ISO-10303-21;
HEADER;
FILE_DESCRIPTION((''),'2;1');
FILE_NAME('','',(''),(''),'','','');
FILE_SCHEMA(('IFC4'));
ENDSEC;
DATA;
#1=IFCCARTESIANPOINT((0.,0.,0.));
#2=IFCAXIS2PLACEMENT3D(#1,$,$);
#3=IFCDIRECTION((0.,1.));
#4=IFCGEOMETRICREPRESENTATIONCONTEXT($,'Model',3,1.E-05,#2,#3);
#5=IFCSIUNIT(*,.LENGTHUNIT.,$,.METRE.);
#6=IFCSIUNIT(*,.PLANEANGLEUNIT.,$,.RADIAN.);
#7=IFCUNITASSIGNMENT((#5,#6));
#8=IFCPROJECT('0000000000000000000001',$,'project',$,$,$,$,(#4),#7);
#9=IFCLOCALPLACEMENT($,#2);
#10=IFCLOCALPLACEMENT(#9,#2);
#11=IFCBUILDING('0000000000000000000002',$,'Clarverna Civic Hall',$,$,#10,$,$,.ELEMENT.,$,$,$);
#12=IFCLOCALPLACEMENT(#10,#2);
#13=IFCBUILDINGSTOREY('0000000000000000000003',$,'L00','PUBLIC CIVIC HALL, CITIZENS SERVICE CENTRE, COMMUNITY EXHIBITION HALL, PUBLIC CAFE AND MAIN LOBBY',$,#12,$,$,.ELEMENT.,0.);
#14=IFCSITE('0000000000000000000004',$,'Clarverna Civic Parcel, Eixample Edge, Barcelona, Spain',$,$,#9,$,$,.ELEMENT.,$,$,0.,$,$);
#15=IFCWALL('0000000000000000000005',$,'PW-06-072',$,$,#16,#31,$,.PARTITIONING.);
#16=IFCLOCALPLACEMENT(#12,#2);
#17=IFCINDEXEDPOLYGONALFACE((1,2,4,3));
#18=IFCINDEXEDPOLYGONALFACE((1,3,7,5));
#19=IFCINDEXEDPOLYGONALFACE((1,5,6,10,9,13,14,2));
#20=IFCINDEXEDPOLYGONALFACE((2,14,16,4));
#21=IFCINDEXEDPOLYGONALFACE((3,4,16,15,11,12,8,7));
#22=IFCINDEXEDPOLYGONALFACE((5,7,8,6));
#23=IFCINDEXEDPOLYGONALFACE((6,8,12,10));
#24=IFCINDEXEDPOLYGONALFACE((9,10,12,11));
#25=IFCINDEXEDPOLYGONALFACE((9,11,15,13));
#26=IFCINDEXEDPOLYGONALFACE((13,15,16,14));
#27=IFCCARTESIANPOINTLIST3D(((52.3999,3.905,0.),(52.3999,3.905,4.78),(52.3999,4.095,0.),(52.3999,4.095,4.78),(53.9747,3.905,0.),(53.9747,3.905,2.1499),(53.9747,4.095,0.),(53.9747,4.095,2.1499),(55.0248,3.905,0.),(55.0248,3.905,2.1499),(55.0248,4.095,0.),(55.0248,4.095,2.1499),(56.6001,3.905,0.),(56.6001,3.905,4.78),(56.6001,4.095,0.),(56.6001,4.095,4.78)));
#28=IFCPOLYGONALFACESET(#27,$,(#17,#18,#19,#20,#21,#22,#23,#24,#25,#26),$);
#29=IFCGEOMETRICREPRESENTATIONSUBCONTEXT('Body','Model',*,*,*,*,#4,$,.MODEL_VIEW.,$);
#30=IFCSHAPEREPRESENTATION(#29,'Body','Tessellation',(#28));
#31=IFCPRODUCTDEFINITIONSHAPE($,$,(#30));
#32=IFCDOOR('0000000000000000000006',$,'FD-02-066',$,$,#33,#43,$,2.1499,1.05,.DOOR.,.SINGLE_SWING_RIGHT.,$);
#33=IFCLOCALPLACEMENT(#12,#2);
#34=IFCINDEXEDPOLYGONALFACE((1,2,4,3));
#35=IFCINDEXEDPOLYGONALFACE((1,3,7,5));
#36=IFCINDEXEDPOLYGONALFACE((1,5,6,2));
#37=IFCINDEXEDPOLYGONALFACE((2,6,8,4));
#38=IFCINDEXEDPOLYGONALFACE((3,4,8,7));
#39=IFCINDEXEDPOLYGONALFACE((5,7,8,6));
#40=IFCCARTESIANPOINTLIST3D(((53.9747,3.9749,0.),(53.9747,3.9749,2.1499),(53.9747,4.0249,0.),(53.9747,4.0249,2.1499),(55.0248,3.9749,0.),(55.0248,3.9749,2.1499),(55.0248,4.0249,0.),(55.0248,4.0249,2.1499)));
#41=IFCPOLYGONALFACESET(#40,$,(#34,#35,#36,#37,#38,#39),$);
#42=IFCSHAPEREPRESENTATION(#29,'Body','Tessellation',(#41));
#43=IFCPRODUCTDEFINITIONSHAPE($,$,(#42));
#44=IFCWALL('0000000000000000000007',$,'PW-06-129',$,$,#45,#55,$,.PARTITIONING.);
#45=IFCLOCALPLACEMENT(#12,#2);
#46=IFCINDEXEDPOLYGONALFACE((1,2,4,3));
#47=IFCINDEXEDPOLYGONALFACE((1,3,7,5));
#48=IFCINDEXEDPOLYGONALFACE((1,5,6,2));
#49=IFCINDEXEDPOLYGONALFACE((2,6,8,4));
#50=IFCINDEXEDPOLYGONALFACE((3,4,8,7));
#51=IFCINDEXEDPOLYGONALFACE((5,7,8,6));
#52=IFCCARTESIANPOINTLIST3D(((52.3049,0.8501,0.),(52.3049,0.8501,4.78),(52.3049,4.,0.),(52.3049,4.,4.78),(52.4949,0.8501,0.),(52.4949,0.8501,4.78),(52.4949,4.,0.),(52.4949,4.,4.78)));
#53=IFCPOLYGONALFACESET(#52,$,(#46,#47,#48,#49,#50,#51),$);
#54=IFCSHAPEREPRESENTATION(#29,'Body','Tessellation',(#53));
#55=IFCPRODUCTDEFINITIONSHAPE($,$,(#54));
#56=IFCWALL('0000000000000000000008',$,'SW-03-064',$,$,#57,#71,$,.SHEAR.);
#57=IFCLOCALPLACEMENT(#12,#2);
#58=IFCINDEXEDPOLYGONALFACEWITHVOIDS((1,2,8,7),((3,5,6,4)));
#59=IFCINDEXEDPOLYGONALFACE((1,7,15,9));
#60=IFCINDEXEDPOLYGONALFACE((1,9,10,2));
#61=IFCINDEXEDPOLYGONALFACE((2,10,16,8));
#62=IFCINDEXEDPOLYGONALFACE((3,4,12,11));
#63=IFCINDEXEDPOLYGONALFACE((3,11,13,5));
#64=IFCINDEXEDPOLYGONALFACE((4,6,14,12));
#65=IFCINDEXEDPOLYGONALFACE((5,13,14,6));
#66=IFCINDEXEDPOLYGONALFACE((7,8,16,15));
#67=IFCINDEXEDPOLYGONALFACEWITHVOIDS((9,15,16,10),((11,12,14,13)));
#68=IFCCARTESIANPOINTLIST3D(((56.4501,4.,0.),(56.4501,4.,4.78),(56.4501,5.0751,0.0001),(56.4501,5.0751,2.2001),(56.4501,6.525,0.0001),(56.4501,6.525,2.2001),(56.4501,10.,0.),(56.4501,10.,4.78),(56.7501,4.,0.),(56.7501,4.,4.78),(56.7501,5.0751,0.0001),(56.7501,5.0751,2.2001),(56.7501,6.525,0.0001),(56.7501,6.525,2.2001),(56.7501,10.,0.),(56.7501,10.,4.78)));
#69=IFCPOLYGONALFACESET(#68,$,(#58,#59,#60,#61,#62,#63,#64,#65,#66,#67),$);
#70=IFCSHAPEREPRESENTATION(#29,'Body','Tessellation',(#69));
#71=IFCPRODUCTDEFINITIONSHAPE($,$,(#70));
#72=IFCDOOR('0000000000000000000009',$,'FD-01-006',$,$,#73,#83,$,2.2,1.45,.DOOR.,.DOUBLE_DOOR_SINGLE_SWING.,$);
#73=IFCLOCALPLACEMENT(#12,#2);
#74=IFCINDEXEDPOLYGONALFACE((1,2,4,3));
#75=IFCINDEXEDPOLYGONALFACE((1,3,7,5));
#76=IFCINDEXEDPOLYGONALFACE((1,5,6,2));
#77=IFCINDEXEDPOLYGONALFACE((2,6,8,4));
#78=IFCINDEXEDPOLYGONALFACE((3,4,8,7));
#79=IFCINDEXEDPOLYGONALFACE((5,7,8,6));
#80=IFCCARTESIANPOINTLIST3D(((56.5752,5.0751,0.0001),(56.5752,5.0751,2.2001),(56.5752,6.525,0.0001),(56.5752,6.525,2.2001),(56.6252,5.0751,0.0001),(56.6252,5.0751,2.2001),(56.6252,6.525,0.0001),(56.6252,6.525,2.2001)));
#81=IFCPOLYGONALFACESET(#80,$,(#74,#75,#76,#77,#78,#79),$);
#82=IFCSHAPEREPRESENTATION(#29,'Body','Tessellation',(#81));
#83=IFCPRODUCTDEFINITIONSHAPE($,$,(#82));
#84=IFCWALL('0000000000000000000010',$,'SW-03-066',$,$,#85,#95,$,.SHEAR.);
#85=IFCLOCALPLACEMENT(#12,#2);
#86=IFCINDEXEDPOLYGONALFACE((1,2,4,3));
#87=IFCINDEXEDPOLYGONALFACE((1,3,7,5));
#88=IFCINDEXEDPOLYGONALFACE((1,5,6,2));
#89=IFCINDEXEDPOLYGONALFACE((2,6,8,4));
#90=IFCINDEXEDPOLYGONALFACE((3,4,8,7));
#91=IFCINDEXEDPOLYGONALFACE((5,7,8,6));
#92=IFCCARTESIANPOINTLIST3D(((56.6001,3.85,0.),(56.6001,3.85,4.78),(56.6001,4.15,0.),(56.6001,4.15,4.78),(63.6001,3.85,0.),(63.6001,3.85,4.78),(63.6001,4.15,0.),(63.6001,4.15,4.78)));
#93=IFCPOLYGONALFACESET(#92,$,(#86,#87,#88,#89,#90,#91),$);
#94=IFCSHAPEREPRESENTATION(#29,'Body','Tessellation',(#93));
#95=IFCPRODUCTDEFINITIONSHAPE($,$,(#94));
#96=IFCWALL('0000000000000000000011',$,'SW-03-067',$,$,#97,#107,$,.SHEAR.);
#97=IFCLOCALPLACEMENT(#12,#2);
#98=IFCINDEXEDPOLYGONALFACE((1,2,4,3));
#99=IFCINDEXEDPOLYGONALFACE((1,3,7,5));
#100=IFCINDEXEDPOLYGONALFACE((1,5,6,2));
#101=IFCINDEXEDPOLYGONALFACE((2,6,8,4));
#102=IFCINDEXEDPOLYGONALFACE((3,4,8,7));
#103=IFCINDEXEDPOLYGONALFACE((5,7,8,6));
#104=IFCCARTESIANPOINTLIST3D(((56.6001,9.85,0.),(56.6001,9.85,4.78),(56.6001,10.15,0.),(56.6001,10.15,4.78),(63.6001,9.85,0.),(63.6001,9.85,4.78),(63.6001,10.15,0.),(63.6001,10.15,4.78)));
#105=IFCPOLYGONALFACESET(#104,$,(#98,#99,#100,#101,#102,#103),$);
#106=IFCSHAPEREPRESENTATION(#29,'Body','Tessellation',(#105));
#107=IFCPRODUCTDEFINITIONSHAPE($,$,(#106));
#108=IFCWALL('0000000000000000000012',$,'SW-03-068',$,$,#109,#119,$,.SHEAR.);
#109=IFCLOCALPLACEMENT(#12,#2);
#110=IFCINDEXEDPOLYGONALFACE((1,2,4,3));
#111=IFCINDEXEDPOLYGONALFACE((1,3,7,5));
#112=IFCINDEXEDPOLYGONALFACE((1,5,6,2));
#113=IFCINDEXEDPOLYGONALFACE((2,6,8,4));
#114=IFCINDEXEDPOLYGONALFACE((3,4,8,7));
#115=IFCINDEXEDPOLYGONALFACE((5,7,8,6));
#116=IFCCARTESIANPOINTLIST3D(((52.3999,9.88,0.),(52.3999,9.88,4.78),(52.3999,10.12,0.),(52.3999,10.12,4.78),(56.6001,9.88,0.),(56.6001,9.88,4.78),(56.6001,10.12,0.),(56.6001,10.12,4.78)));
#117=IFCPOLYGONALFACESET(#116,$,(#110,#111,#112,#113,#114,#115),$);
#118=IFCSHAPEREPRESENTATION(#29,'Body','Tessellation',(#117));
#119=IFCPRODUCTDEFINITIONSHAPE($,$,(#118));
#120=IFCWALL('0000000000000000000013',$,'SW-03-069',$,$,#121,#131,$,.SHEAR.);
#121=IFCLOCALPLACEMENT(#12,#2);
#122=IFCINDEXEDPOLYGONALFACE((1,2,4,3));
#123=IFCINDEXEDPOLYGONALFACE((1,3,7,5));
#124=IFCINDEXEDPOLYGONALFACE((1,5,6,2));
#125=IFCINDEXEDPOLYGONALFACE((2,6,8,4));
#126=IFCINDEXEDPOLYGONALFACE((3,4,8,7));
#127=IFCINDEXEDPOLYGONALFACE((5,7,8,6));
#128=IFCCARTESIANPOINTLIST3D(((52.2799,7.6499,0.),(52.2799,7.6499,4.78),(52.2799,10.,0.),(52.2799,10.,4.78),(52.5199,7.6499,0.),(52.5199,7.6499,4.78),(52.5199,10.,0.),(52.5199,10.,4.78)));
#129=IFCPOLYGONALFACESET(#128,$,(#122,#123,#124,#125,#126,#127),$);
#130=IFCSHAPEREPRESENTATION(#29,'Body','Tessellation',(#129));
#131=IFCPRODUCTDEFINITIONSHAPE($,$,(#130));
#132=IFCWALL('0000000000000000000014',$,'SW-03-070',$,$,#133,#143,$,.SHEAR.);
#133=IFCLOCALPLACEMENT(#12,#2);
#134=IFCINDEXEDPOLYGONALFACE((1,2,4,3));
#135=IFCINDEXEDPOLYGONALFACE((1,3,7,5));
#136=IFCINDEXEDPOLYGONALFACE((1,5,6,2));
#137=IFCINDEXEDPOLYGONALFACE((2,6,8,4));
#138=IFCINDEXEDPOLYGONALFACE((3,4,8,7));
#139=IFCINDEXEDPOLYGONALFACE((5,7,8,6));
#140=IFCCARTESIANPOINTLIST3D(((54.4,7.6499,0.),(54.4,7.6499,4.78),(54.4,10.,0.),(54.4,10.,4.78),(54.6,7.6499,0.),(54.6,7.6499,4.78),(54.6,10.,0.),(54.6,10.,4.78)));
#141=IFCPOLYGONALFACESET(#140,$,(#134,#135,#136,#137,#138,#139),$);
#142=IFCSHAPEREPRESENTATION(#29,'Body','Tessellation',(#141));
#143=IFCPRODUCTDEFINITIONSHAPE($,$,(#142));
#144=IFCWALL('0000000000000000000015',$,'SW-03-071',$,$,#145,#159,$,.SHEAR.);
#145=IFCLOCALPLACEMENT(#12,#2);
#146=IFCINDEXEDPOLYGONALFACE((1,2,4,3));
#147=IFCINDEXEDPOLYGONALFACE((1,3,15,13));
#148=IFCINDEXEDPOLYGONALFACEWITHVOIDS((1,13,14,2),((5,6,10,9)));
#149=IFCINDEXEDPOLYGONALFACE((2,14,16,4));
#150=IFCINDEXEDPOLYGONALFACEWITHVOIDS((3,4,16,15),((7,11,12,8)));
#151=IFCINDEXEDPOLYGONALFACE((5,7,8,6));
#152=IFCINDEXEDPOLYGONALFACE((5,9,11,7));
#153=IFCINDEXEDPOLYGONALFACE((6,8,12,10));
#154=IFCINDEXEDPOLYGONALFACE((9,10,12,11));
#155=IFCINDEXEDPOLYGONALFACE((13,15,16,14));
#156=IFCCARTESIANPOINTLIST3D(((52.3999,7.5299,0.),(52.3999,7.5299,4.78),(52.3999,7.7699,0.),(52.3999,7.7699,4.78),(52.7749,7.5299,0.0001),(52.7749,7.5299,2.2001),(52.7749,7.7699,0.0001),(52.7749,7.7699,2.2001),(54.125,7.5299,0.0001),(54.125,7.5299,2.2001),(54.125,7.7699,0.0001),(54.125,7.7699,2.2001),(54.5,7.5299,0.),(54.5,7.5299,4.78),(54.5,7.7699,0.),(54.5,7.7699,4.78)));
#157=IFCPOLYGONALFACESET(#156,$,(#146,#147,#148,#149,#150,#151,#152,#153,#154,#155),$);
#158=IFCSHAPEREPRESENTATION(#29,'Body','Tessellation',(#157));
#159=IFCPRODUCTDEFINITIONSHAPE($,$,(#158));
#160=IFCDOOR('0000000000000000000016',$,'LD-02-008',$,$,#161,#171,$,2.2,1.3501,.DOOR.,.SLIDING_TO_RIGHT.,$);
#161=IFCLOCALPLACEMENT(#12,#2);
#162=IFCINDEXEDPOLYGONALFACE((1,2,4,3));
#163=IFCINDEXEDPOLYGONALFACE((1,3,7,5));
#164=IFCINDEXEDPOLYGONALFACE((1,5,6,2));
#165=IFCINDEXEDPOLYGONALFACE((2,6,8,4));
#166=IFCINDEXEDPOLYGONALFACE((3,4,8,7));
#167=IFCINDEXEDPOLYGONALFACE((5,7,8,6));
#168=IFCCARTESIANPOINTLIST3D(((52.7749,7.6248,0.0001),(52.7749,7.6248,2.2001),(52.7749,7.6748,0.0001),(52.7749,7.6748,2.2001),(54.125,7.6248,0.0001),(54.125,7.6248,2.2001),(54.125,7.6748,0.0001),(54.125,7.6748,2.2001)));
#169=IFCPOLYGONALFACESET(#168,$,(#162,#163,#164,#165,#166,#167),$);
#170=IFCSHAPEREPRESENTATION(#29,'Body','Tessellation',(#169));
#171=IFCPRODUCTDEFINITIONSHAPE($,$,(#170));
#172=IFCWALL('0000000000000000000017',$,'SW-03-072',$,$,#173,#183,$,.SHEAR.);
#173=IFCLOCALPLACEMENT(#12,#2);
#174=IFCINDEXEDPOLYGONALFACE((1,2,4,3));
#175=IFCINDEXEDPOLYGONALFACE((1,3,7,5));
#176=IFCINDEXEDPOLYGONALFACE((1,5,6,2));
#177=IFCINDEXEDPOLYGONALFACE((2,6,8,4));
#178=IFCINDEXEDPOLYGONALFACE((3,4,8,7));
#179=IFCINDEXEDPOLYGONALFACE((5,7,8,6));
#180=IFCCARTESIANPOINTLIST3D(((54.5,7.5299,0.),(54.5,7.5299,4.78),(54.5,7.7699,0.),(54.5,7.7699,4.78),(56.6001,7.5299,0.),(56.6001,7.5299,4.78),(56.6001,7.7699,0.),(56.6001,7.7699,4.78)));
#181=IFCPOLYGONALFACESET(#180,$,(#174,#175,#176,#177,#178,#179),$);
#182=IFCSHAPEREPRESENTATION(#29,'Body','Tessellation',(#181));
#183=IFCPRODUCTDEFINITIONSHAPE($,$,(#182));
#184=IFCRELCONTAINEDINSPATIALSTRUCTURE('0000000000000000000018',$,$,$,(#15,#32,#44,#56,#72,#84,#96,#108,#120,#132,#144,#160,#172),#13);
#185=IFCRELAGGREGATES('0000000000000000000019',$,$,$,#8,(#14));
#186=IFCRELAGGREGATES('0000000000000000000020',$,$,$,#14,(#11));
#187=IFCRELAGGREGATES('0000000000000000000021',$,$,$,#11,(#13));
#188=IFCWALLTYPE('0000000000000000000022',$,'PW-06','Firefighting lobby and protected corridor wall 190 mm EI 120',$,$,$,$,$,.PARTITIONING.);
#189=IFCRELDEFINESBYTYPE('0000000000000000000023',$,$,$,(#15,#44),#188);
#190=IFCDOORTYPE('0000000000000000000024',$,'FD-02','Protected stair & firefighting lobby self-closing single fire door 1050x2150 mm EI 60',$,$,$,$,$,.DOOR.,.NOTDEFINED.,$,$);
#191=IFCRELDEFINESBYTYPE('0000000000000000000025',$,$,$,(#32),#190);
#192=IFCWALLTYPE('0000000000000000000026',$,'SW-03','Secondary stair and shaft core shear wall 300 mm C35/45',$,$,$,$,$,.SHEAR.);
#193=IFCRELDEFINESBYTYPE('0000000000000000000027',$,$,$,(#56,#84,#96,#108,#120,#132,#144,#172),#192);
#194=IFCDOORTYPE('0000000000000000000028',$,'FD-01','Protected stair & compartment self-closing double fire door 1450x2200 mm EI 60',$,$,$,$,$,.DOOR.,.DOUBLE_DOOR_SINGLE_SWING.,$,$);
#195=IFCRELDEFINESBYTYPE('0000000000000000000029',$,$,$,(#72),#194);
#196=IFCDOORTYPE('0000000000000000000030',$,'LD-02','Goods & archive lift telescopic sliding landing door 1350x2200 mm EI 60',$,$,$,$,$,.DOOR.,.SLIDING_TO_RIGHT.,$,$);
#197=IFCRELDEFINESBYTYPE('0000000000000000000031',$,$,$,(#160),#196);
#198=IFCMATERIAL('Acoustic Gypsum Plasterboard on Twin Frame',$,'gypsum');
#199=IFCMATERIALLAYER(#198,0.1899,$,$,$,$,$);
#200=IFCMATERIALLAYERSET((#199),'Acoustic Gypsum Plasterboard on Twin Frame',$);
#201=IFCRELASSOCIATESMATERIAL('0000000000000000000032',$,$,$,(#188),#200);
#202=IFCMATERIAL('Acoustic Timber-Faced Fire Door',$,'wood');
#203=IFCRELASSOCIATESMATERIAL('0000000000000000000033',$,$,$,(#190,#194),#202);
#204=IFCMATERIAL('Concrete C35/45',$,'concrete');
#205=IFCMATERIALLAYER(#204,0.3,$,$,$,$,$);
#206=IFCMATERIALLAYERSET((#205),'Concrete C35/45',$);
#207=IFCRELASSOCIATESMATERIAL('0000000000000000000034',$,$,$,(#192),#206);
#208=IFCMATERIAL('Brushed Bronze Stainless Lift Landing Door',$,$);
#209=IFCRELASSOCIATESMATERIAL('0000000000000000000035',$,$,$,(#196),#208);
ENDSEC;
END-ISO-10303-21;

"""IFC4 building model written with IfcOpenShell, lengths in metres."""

from ifc_helpers import new_model, si_unit, direction, frame, frame_2d, origin, place, context, subcontext, project, spatial, rectangle, extrude, material, layer, layer_set, type_object, element, fill, save


model = new_model("IFC4")

# Units and contexts
model_context = context("Model", 3, precision=1e-05, world=origin(), true_north=direction((0.0, 1.0)))
body_context = subcontext(model_context, "Body", "Model", "MODEL_VIEW")
ifc_project = project(units=[si_unit("LENGTHUNIT", "METRE"), si_unit("PLANEANGLEUNIT", "RADIAN")], contexts=[model_context])

# Site, building, storey
site_placement = place(None, origin())
site = spatial("IfcSite", under=ifc_project, at=site_placement, Name="Clarverna Civic Parcel, Eixample Edge, Barcelona, Spain", CompositionType="ELEMENT", RefElevation=0.0)
building_placement = place(site_placement, origin())
building = spatial("IfcBuilding", under=site, at=building_placement, Name="Clarverna Civic Hall", CompositionType="ELEMENT")
storey_placement = place(building_placement, origin())
storey = spatial("IfcBuildingStorey", under=building, at=storey_placement, Name="L00", Description="PUBLIC CIVIC HALL, CITIZENS SERVICE CENTRE, COMMUNITY EXHIBITION HALL, PUBLIC CAFE AND MAIN LOBBY", CompositionType="ELEMENT", Elevation=0.0)

# Shared definitions
ifc_material_1 = material(Name="Concrete C35/45", Category="concrete")

# Shared definitions
ifc_material_2 = material(Name="Acoustic Gypsum Plasterboard on Twin Frame", Category="gypsum")
ifc_layer_1 = layer(ifc_material_2, 0.1899)
ifc_layer_set_1 = layer_set([ifc_layer_1], Name="Acoustic Gypsum Plasterboard on Twin Frame")
wall_type_1 = type_object("IfcWallType", Name="PW-06", Description="Firefighting lobby and protected corridor wall 190 mm EI 120", PredefinedType="PARTITIONING", material=ifc_layer_set_1)

# Wall, opening, door
wall_1_placement = place(storey_placement, frame((52.3999, 4.0, 0.0), z_axis=(0.0, 0.0, 1.0), x_axis=(1.0, 0.0, 0.0)))
wall_1 = element("IfcWall", 1, at=wall_1_placement, inside=storey, type_object=wall_type_1, Name="PW-06-072", PredefinedType="PARTITIONING", context=body_context, shape_type="SweptSolid", body=[
    extrude(rectangle(XDim=4.2002, YDim=0.1899, at=frame_2d((2.1001, 0.0))), origin(), (0.0, 0.0, 1.0), 4.78),
])
opening_1_placement = place(wall_1_placement, frame((1.575, 0.0, 0.0)))
opening_1 = element("IfcOpeningElement", 2, at=opening_1_placement, cuts=wall_1, PredefinedType="OPENING", context=body_context, shape_type="SweptSolid", body=[
    extrude(rectangle(XDim=1.05, YDim=2.1499, at=frame_2d((0.5249, 1.075))), frame((0.0, 0.105, 0.0), z_axis=(0.0, -1.0, 0.0), x_axis=(1.0, 0.0, 0.0)), (0.0, 0.0, 1.0), 0.21),
])
ifc_material_3 = material(Name="Acoustic Timber-Faced Fire Door", Category="wood")
door_type_1 = type_object("IfcDoorType", Name="FD-02", Description="Protected stair & firefighting lobby self-closing single fire door 1050x2150 mm EI 60", OperationType="NOTDEFINED", PredefinedType="DOOR", material=ifc_material_3)
door_1_placement = place(opening_1_placement, origin())
door_1 = element("IfcDoor", 3, at=door_1_placement, inside=storey, type_object=door_type_1, Name="FD-02-066", OperationType="SINGLE_SWING_RIGHT", OverallHeight=2.1499, OverallWidth=1.05, PredefinedType="DOOR", context=body_context, shape_type="SweptSolid", body=[
    extrude(rectangle(XDim=1.05, YDim=2.1499, at=frame_2d((0.5249, 1.075))), frame((0.0, 0.0249, 0.0), z_axis=(0.0, -1.0, 0.0), x_axis=(1.0, 0.0, 0.0)), (0.0, 0.0, 1.0), 0.05),
])
fill(opening_1, door_1)

# Wall
wall_2_placement = place(storey_placement, frame((52.3999, 0.8501, 0.0), z_axis=(0.0, 0.0, 1.0), x_axis=(0.0, 1.0, 0.0)))
element("IfcWall", 4, at=wall_2_placement, inside=storey, type_object=wall_type_1, Name="PW-06-129", PredefinedType="PARTITIONING", context=body_context, shape_type="SweptSolid", body=[
    extrude(rectangle(XDim=3.1499, YDim=0.1899, at=frame_2d((1.575, 0.0))), origin(), (0.0, 0.0, 1.0), 4.78),
])

# Wall, opening, door
ifc_layer_2 = layer(ifc_material_1, 0.3)
ifc_layer_set_2 = layer_set([ifc_layer_2], Name="Concrete C35/45")
wall_type_2 = type_object("IfcWallType", Name="SW-03", Description="Secondary stair and shaft core shear wall 300 mm C35/45", PredefinedType="SHEAR", material=ifc_layer_set_2)
wall_3_placement = place(storey_placement, frame((56.6001, 4.0, 0.0), z_axis=(0.0, 0.0, 1.0), x_axis=(0.0, 1.0, 0.0)))
wall_3 = element("IfcWall", 5, at=wall_3_placement, inside=storey, type_object=wall_type_2, Name="SW-03-064", PredefinedType="SHEAR", context=body_context, shape_type="SweptSolid", body=[
    extrude(rectangle(XDim=6.0, YDim=0.3, at=frame_2d((3.0, 0.0))), origin(), (0.0, 0.0, 1.0), 4.78),
])
opening_2_placement = place(wall_3_placement, frame((1.075, 0.0, 0.0)))
opening_2 = element("IfcOpeningElement", 6, at=opening_2_placement, cuts=wall_3, PredefinedType="OPENING", context=body_context, shape_type="SweptSolid", body=[
    extrude(rectangle(XDim=1.45, YDim=2.2, at=frame_2d((0.7251, 1.1001))), frame((0.0, 0.1599, 0.0), z_axis=(0.0, -1.0, 0.0), x_axis=(1.0, 0.0, 0.0)), (0.0, 0.0, 1.0), 0.3201),
])
door_type_2 = type_object("IfcDoorType", Name="FD-01", Description="Protected stair & compartment self-closing double fire door 1450x2200 mm EI 60", OperationType="DOUBLE_DOOR_SINGLE_SWING", PredefinedType="DOOR", material=ifc_material_3)
door_2_placement = place(opening_2_placement, origin())
door_2 = element("IfcDoor", 7, at=door_2_placement, inside=storey, type_object=door_type_2, Name="FD-01-006", OperationType="DOUBLE_DOOR_SINGLE_SWING", OverallHeight=2.2, OverallWidth=1.45, PredefinedType="DOOR", context=body_context, shape_type="SweptSolid", body=[
    extrude(rectangle(XDim=1.45, YDim=2.2, at=frame_2d((0.7251, 1.1001))), frame((0.0, 0.0249, 0.0), z_axis=(0.0, -1.0, 0.0), x_axis=(1.0, 0.0, 0.0)), (0.0, 0.0, 1.0), 0.05),
])
fill(opening_2, door_2)

# Walls
for number, where, z_axis, x_axis, name in (
    (8, (56.6001, 4.0, 0.0), (0.0, 0.0, 1.0), (1.0, 0.0, 0.0), "SW-03-066"),
    (9, (56.6001, 10.0, 0.0), (0.0, 0.0, 1.0), (1.0, 0.0, 0.0), "SW-03-067"),
):
    element("IfcWall", number, at=place(storey_placement, frame(where, z_axis=z_axis, x_axis=x_axis)), inside=storey, type_object=wall_type_2, Name=name, PredefinedType="SHEAR", context=body_context, shape_type="SweptSolid", body=[
        extrude(rectangle(XDim=7.0, YDim=0.3, at=frame_2d((3.5, 0.0))), origin(), (0.0, 0.0, 1.0), 4.78),
    ])
wall_4_placement = place(storey_placement, frame((52.3999, 10.0, 0.0), z_axis=(0.0, 0.0, 1.0), x_axis=(1.0, 0.0, 0.0)))
element("IfcWall", 10, at=wall_4_placement, inside=storey, type_object=wall_type_2, Name="SW-03-068", PredefinedType="SHEAR", context=body_context, shape_type="SweptSolid", body=[
    extrude(rectangle(XDim=4.2002, YDim=0.24, at=frame_2d((2.1001, 0.0))), origin(), (0.0, 0.0, 1.0), 4.78),
])
wall_5_placement = place(storey_placement, frame((52.3999, 7.6499, 0.0), z_axis=(0.0, 0.0, 1.0), x_axis=(0.0, 1.0, 0.0)))
element("IfcWall", 11, at=wall_5_placement, inside=storey, type_object=wall_type_2, Name="SW-03-069", PredefinedType="SHEAR", context=body_context, shape_type="SweptSolid", body=[
    extrude(rectangle(XDim=2.3501, YDim=0.24, at=frame_2d((1.175, 0.0))), origin(), (0.0, 0.0, 1.0), 4.78),
])
wall_6_placement = place(storey_placement, frame((54.5, 7.6499, 0.0), z_axis=(0.0, 0.0, 1.0), x_axis=(0.0, 1.0, 0.0)))
element("IfcWall", 12, at=wall_6_placement, inside=storey, type_object=wall_type_2, Name="SW-03-070", PredefinedType="SHEAR", context=body_context, shape_type="SweptSolid", body=[
    extrude(rectangle(XDim=2.3501, YDim=0.2, at=frame_2d((1.175, 0.0))), origin(), (0.0, 0.0, 1.0), 4.78),
])

# Wall, opening, door
wall_7_placement = place(storey_placement, frame((52.3999, 7.6499, 0.0), z_axis=(0.0, 0.0, 1.0), x_axis=(1.0, 0.0, 0.0)))
wall_7 = element("IfcWall", 13, at=wall_7_placement, inside=storey, type_object=wall_type_2, Name="SW-03-071", PredefinedType="SHEAR", context=body_context, shape_type="SweptSolid", body=[
    extrude(rectangle(XDim=2.1001, YDim=0.24, at=frame_2d((1.05, 0.0))), origin(), (0.0, 0.0, 1.0), 4.78),
])
opening_3_placement = place(wall_7_placement, frame((0.375, 0.0, 0.0)))
opening_3 = element("IfcOpeningElement", 14, at=opening_3_placement, cuts=wall_7, PredefinedType="OPENING", context=body_context, shape_type="SweptSolid", body=[
    extrude(rectangle(XDim=1.3501, YDim=2.2, at=frame_2d((0.675, 1.1001))), frame((0.0, 0.1299, 0.0), z_axis=(0.0, -1.0, 0.0), x_axis=(1.0, 0.0, 0.0)), (0.0, 0.0, 1.0), 0.26),
])
ifc_material_4 = material(Name="Brushed Bronze Stainless Lift Landing Door")
door_type_3 = type_object("IfcDoorType", Name="LD-02", Description="Goods & archive lift telescopic sliding landing door 1350x2200 mm EI 60", OperationType="SLIDING_TO_RIGHT", PredefinedType="DOOR", material=ifc_material_4)
door_3_placement = place(opening_3_placement, origin())
door_3 = element("IfcDoor", 15, at=door_3_placement, inside=storey, type_object=door_type_3, Name="LD-02-008", OperationType="SLIDING_TO_RIGHT", OverallHeight=2.2, OverallWidth=1.3501, PredefinedType="DOOR", context=body_context, shape_type="SweptSolid", body=[
    extrude(rectangle(XDim=1.3501, YDim=2.2, at=frame_2d((0.675, 1.1001))), frame((0.0, 0.0249, 0.0), z_axis=(0.0, -1.0, 0.0), x_axis=(1.0, 0.0, 0.0)), (0.0, 0.0, 1.0), 0.05),
])
fill(opening_3, door_3)

# Wall
wall_8_placement = place(storey_placement, frame((54.5, 7.6499, 0.0), z_axis=(0.0, 0.0, 1.0), x_axis=(1.0, 0.0, 0.0)))
element("IfcWall", 16, at=wall_8_placement, inside=storey, type_object=wall_type_2, Name="SW-03-072", PredefinedType="SHEAR", context=body_context, shape_type="SweptSolid", body=[
    extrude(rectangle(XDim=2.1001, YDim=0.24, at=frame_2d((1.05, 0.0))), origin(), (0.0, 0.0, 1.0), 4.78),
])

save(model, "model.ifc")
